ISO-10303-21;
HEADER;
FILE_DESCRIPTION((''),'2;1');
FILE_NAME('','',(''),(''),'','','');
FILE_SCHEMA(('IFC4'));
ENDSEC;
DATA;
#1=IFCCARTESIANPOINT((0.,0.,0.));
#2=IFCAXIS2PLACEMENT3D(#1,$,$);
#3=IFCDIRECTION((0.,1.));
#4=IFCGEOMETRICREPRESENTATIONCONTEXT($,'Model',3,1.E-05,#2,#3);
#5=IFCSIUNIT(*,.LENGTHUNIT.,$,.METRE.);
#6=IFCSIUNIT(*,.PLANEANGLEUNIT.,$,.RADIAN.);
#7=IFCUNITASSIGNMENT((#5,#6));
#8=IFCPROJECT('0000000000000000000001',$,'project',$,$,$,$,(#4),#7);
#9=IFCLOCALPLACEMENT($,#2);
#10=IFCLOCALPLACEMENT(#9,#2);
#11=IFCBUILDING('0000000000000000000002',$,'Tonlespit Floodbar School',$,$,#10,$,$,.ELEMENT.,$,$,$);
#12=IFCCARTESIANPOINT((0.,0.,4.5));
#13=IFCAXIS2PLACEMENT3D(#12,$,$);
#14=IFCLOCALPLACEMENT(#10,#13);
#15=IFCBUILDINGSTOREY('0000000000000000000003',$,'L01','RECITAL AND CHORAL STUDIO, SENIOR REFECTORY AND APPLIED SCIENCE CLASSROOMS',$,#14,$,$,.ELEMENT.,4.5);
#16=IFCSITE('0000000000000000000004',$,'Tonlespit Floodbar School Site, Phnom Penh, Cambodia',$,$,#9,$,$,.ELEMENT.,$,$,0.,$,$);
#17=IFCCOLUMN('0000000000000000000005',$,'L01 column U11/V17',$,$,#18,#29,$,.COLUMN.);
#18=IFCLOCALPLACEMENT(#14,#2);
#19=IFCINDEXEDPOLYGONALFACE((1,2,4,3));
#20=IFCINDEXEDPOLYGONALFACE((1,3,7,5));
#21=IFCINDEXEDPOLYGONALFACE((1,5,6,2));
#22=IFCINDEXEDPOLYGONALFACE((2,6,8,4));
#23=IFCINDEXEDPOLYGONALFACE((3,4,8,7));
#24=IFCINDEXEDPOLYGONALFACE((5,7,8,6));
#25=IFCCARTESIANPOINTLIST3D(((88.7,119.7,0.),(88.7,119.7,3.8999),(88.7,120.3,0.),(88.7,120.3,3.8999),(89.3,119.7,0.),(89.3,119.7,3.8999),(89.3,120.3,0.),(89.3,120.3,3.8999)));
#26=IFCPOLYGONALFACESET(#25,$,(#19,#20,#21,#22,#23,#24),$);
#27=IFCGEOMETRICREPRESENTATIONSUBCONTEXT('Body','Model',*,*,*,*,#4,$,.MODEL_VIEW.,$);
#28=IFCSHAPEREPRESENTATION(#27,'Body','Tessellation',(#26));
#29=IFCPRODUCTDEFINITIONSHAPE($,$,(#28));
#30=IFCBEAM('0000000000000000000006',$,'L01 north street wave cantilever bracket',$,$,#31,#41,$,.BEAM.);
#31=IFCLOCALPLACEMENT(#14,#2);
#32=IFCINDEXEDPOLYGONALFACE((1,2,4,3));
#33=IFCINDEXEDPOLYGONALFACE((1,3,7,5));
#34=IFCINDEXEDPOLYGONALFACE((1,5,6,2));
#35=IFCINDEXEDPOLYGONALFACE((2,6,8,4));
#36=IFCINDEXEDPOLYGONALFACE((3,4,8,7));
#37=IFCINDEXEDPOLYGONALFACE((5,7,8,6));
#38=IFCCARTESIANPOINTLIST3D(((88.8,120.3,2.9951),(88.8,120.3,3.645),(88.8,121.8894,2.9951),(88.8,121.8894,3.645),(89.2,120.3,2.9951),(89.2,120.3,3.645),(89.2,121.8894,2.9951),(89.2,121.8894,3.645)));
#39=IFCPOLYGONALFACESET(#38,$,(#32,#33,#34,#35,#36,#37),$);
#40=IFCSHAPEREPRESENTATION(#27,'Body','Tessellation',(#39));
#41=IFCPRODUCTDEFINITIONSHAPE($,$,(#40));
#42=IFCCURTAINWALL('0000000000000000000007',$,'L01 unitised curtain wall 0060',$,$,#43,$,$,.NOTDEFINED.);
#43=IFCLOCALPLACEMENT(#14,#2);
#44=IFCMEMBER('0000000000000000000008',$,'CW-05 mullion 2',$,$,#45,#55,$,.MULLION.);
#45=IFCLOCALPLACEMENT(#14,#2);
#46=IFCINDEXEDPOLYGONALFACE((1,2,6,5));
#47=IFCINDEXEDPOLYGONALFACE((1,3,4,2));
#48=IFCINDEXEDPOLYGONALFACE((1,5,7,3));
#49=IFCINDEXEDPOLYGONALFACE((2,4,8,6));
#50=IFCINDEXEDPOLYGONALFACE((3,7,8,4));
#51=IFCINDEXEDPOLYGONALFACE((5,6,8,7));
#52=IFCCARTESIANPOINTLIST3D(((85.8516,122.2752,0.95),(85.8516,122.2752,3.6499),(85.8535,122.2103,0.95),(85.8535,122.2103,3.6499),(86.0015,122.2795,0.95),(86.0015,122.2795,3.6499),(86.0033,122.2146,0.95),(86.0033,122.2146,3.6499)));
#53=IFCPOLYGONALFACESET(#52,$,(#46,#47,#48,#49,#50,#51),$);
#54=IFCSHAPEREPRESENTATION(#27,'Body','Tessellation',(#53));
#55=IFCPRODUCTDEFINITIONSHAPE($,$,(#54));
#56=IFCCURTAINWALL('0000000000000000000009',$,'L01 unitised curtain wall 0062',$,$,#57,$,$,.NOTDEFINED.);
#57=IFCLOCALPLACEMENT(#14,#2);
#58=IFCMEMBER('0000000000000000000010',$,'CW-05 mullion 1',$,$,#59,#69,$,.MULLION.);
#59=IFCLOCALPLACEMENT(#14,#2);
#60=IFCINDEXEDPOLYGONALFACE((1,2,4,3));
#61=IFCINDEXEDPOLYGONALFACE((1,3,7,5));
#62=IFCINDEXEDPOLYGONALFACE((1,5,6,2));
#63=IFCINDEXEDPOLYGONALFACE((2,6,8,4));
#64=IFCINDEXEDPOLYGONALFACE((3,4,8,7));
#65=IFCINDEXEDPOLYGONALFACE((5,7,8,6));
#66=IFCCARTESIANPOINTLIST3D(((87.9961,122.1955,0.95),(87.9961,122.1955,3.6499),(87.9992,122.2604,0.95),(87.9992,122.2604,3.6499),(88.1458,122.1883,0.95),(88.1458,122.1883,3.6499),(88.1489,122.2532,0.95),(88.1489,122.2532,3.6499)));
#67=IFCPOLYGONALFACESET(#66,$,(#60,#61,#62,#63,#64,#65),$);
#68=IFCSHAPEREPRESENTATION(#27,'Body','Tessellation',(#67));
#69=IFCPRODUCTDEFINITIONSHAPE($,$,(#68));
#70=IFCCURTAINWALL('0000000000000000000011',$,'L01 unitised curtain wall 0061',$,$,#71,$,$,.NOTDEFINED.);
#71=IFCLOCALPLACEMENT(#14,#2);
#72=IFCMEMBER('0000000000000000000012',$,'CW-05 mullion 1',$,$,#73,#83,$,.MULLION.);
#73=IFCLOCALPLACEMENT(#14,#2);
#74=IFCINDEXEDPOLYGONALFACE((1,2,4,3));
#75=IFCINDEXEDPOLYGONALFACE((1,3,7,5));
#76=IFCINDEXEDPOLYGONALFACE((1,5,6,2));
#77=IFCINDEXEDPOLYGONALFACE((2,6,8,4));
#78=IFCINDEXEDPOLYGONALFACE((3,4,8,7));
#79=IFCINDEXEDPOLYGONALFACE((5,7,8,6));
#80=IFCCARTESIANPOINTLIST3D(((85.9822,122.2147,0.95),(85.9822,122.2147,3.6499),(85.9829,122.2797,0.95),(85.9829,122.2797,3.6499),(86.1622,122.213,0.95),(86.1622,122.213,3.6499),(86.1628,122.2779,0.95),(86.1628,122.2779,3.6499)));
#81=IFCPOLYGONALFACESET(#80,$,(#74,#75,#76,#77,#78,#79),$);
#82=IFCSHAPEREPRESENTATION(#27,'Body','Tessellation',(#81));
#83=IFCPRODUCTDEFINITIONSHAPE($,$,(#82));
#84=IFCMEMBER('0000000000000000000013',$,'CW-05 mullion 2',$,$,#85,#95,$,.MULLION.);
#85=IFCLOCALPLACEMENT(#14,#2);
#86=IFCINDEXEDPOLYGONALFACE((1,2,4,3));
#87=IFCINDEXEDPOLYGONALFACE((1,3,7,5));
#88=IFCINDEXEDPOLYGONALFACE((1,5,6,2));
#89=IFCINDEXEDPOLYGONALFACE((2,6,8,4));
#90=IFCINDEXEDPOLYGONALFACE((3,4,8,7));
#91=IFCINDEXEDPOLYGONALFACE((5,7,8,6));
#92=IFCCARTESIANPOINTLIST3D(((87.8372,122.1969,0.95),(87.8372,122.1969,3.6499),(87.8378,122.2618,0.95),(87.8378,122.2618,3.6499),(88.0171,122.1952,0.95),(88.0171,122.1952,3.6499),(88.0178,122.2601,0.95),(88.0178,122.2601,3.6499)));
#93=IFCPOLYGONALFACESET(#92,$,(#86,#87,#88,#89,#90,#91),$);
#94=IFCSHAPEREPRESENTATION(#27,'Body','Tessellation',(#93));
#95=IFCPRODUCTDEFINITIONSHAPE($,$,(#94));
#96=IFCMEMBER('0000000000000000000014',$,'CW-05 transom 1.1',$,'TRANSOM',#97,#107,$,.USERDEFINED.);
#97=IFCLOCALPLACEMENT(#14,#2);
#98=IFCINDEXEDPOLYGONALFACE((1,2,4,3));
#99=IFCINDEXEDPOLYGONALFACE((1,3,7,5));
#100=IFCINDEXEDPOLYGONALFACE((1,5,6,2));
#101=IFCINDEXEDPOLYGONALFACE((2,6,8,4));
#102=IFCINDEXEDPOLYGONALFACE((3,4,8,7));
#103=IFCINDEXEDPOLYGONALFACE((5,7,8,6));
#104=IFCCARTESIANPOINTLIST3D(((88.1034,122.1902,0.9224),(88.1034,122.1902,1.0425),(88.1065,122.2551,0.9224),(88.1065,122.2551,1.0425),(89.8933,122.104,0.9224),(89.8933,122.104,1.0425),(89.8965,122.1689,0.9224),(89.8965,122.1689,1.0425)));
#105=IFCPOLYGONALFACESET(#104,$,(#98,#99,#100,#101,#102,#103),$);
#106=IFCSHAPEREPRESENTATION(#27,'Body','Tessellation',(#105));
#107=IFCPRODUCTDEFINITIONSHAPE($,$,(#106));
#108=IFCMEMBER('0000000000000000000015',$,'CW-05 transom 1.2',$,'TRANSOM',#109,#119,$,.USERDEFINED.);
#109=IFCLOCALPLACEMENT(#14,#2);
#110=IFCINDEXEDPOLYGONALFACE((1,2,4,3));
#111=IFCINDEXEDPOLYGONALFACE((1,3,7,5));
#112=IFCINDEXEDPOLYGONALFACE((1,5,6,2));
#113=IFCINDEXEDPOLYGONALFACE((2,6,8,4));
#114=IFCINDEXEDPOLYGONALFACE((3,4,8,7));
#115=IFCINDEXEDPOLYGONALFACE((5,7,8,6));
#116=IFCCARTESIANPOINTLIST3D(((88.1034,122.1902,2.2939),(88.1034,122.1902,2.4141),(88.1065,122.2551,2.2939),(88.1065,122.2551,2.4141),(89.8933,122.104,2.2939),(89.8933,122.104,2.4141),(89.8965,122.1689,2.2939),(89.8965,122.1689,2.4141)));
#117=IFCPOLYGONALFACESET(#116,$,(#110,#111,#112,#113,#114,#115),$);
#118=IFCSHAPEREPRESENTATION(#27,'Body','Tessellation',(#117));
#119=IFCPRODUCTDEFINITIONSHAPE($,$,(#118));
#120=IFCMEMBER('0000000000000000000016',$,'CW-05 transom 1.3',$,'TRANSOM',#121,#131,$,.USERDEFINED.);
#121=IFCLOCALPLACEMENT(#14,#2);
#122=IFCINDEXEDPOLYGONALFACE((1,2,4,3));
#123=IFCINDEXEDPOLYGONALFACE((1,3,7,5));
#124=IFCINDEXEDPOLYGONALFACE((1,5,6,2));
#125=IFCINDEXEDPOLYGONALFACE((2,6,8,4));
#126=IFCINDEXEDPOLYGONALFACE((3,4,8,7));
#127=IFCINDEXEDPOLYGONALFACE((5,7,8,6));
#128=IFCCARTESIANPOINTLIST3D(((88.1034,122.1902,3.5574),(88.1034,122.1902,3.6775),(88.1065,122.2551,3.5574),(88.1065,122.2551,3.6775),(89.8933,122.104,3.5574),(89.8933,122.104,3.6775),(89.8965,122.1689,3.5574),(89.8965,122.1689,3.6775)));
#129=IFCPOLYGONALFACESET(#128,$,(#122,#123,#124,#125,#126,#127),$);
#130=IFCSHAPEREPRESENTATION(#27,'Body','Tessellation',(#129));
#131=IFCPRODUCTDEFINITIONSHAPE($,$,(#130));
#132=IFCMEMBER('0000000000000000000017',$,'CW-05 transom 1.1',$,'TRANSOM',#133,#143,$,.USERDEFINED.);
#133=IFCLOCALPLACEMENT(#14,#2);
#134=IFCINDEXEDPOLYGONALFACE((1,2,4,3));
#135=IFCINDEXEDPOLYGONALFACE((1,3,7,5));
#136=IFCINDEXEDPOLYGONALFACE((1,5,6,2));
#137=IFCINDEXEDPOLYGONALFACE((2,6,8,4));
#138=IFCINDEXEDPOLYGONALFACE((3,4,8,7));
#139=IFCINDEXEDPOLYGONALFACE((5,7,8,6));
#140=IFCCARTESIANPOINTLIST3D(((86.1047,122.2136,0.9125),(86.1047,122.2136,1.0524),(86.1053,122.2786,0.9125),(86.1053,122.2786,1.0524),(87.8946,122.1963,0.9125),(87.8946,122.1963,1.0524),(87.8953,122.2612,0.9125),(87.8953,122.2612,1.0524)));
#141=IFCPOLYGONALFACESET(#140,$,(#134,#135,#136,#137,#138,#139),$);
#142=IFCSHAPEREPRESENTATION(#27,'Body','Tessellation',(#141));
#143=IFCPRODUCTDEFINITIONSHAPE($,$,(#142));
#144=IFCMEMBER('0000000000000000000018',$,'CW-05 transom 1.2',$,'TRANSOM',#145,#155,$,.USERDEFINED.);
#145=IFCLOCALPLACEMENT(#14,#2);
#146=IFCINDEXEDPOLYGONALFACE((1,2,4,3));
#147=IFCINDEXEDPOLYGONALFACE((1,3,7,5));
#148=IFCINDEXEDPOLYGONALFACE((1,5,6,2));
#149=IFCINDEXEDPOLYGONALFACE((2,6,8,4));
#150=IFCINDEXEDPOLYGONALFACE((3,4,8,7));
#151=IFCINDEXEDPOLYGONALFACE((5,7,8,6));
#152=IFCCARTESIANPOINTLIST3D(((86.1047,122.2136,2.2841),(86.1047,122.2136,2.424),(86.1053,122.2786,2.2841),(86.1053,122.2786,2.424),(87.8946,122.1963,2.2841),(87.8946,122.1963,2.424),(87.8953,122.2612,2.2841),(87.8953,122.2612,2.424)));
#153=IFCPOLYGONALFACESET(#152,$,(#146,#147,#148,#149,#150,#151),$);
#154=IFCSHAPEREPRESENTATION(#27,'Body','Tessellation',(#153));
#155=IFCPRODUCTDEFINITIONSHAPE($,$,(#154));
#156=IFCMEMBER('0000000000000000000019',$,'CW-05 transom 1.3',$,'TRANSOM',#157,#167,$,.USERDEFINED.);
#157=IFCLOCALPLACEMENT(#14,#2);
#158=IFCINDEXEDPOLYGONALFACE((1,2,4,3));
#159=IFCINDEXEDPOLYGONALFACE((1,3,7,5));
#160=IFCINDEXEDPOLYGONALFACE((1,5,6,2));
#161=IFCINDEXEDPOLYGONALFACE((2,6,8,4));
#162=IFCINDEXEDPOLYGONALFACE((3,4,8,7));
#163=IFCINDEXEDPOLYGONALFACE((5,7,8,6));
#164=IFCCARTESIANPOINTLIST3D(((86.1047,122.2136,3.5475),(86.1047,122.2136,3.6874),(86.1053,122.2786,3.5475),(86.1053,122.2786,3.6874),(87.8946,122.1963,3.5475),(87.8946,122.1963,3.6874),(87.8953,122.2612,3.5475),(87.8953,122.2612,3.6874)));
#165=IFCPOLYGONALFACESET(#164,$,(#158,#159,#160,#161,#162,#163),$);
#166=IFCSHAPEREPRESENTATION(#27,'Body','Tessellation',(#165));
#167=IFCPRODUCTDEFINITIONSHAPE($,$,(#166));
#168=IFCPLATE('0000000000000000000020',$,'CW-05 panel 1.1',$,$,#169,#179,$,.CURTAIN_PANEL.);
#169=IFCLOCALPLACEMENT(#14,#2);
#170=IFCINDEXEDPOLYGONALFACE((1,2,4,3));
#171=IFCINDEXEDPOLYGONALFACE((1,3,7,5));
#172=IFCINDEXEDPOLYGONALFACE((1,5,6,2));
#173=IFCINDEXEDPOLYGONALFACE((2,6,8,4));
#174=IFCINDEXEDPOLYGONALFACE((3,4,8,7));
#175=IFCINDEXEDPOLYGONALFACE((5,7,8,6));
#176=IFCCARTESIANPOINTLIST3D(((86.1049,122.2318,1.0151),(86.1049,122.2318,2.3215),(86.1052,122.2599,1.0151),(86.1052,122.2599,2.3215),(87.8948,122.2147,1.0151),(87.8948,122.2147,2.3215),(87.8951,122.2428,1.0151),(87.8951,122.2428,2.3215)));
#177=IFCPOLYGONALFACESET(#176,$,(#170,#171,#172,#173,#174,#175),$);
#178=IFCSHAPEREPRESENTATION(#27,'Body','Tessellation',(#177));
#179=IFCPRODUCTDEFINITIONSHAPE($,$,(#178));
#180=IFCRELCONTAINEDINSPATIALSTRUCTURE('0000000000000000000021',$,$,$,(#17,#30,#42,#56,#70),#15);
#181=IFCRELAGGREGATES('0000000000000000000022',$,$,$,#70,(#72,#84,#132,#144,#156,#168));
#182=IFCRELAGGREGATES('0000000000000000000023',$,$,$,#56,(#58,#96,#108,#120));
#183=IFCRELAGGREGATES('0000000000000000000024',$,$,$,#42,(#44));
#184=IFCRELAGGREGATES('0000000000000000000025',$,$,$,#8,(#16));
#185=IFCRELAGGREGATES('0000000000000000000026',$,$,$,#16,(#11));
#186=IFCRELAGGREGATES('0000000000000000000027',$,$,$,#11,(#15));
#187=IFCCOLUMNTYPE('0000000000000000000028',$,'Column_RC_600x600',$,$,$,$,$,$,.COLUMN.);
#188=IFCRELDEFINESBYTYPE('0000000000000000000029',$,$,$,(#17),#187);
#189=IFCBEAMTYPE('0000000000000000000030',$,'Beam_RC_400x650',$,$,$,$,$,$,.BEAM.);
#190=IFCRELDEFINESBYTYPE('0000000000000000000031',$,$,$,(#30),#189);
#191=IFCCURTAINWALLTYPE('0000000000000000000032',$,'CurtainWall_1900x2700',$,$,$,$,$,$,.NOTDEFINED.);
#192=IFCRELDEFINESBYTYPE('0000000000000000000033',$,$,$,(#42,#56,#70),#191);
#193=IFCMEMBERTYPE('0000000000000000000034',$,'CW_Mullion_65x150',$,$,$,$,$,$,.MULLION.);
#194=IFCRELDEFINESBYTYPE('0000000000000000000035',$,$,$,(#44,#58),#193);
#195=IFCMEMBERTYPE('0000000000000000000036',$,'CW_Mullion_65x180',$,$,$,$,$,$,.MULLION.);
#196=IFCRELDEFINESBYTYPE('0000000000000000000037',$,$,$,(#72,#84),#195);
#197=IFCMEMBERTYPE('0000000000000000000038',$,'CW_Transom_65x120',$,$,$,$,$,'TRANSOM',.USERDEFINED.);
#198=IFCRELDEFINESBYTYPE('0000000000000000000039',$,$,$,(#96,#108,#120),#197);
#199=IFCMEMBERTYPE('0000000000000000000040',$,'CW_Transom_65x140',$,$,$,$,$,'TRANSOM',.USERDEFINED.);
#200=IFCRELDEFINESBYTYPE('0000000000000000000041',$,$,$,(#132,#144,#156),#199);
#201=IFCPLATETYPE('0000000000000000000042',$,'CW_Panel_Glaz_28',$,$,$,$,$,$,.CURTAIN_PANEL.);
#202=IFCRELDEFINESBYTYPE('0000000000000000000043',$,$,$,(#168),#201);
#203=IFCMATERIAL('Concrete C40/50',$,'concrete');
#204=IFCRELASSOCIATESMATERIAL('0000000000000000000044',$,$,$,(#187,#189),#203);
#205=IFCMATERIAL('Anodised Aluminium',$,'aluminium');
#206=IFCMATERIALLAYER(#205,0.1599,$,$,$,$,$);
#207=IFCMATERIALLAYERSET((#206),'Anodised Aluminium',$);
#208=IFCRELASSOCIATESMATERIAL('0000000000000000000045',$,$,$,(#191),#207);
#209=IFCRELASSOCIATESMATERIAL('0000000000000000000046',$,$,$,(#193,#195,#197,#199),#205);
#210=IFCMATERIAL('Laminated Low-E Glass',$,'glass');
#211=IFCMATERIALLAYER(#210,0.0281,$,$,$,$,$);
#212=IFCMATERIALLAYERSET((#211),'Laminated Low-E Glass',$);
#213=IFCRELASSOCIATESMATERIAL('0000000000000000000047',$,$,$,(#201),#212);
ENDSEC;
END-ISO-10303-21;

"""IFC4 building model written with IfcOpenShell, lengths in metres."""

from ifc_helpers import new_model, si_unit, direction, frame, origin, origin_2d, place, context, subcontext, project, spatial, rectangle, extrude, material, layer, layer_set, material_profile, profile_set, type_object, element, aggregate, save


model = new_model("IFC4")

# Units and contexts
model_context = context("Model", 3, precision=1e-05, world=origin(), true_north=direction((0.0, 1.0)))
body_context = subcontext(model_context, "Body", "Model", "MODEL_VIEW")
ifc_project = project(units=[si_unit("LENGTHUNIT", "METRE"), si_unit("PLANEANGLEUNIT", "RADIAN")], contexts=[model_context])

# Site, building, storey
site_placement = place(None, origin())
site = spatial("IfcSite", under=ifc_project, at=site_placement, Name="Tonlespit Floodbar School Site, Phnom Penh, Cambodia", CompositionType="ELEMENT", RefElevation=0.0)
building_placement = place(site_placement, origin())
building = spatial("IfcBuilding", under=site, at=building_placement, Name="Tonlespit Floodbar School", CompositionType="ELEMENT")
storey_placement = place(building_placement, frame((0.0, 0.0, 4.5)))
storey = spatial("IfcBuildingStorey", under=building, at=storey_placement, Name="L01", Description="RECITAL AND CHORAL STUDIO, SENIOR REFECTORY AND APPLIED SCIENCE CLASSROOMS", CompositionType="ELEMENT", Elevation=4.5)

# Column
ifc_material_1 = material(Name="Concrete C40/50", Category="concrete")
ifc_material_profile_1 = material_profile(ifc_material_1, rectangle(XDim=0.6001, YDim=0.6001, at=origin_2d()), Name="RC 600x600")
ifc_profile_set_1 = profile_set([ifc_material_profile_1], Name="Concrete C40/50")
column_type = type_object("IfcColumnType", Name="Column_RC_600x600", PredefinedType="COLUMN", material=ifc_profile_set_1)
column_placement = place(storey_placement, frame((89.0, 120.0, 0.0), z_axis=(0.0, 0.0, 1.0), x_axis=(1.0, 0.0, 0.0)))
element("IfcColumn", 1, at=column_placement, inside=storey, type_object=column_type, Name="L01 column U11/V17", PredefinedType="COLUMN", context=body_context, shape_type="SweptSolid", body=[
    extrude(rectangle(XDim=0.6001, YDim=0.6001, at=origin_2d()), origin(), (0.0, 0.0, 1.0), 3.8999),
])

# Beam
ifc_material_profile_2 = material_profile(ifc_material_1, rectangle(XDim=0.3999, YDim=0.6499, at=origin_2d()), Name="RC 400x650")
ifc_profile_set_2 = profile_set([ifc_material_profile_2], Name="Concrete C40/50")
beam_type = type_object("IfcBeamType", Name="Beam_RC_400x650", PredefinedType="BEAM", material=ifc_profile_set_2)
beam_placement = place(storey_placement, frame((89.0, 120.3, 3.3201), z_axis=(0.0, 1.0, 0.0), x_axis=(-1.0, 0.0, 0.0)))
element("IfcBeam", 2, at=beam_placement, inside=storey, type_object=beam_type, Name="L01 north street wave cantilever bracket", PredefinedType="BEAM", context=body_context, shape_type="SweptSolid", body=[
    extrude(rectangle(XDim=0.3999, YDim=0.6499, at=origin_2d()), origin(), (0.0, 0.0, 1.0), 1.5894),
])

# Curtain walls, members
ifc_material_2 = material(Name="Anodised Aluminium", Category="aluminium")
ifc_layer_1 = layer(ifc_material_2, 0.1599)
ifc_layer_set_1 = layer_set([ifc_layer_1], Name="Anodised Aluminium")
curtain_wall_type = type_object("IfcCurtainWallType", Name="CurtainWall_1900x2700", PredefinedType="NOTDEFINED", material=ifc_layer_set_1)
curtain_wall_1_placement = place(storey_placement, origin())
curtain_wall_1 = element("IfcCurtainWall", 3, at=curtain_wall_1_placement, inside=storey, type_object=curtain_wall_type, Name="L01 unitised curtain wall 0060", PredefinedType="NOTDEFINED")
ifc_material_profile_3 = material_profile(ifc_material_2, rectangle(XDim=0.0649, YDim=0.1499, at=origin_2d()), Name="ALU M65x150")
ifc_profile_set_3 = profile_set([ifc_material_profile_3], Name="Anodised Aluminium")
member_type_1 = type_object("IfcMemberType", Name="CW_Mullion_65x150", PredefinedType="MULLION", material=ifc_profile_set_3)
member_1_placement = place(storey_placement, frame((85.9275, 122.2449, 0.95), z_axis=(0.0, 0.0, 1.0), x_axis=(-0.02879, 0.999585, 0.0)))
member_1 = element("IfcMember", 4, at=member_1_placement, type_object=member_type_1, Name="CW-05 mullion 2", PredefinedType="MULLION", context=body_context, shape_type="SweptSolid", body=[
    extrude(rectangle(XDim=0.0649, YDim=0.1499, at=origin_2d()), origin(), (0.0, 0.0, 1.0), 2.7),
])
curtain_wall_2_placement = place(storey_placement, origin())
curtain_wall_2 = element("IfcCurtainWall", 5, at=curtain_wall_2_placement, inside=storey, type_object=curtain_wall_type, Name="L01 unitised curtain wall 0062", PredefinedType="NOTDEFINED")
member_2_placement = place(storey_placement, frame((88.0725, 122.2244, 0.95), z_axis=(0.0, 0.0, 1.0), x_axis=(0.048121, 0.998842, 0.0)))
member_2 = element("IfcMember", 6, at=member_2_placement, type_object=member_type_1, Name="CW-05 mullion 1", PredefinedType="MULLION", context=body_context, shape_type="SweptSolid", body=[
    extrude(rectangle(XDim=0.0649, YDim=0.1499, at=origin_2d()), origin(), (0.0, 0.0, 1.0), 2.7),
])

# Curtain wall, members
curtain_wall_3_placement = place(storey_placement, origin())
curtain_wall_3 = element("IfcCurtainWall", 7, at=curtain_wall_3_placement, inside=storey, type_object=curtain_wall_type, Name="L01 unitised curtain wall 0061", PredefinedType="NOTDEFINED")
ifc_material_profile_4 = material_profile(ifc_material_2, rectangle(XDim=0.0649, YDim=0.1799, at=origin_2d()), Name="ALU M65x180")
ifc_profile_set_4 = profile_set([ifc_material_profile_4], Name="Anodised Aluminium")
member_type_2 = type_object("IfcMemberType", Name="CW_Mullion_65x180", PredefinedType="MULLION", material=ifc_profile_set_4)
member_3_placement = place(storey_placement, frame((86.0725, 122.2463, 0.95), z_axis=(0.0, 0.0, 1.0), x_axis=(0.009583, 0.999954, 0.0)))
member_3 = element("IfcMember", 8, at=member_3_placement, type_object=member_type_2, Name="CW-05 mullion 1", PredefinedType="MULLION", context=body_context, shape_type="SweptSolid", body=[
    extrude(rectangle(XDim=0.0649, YDim=0.1799, at=origin_2d()), origin(), (0.0, 0.0, 1.0), 2.7),
])
member_4_placement = place(storey_placement, frame((87.9275, 122.2285, 0.95), z_axis=(0.0, 0.0, 1.0), x_axis=(0.009583, 0.999954, 0.0)))
member_4 = element("IfcMember", 9, at=member_4_placement, type_object=member_type_2, Name="CW-05 mullion 2", PredefinedType="MULLION", context=body_context, shape_type="SweptSolid", body=[
    extrude(rectangle(XDim=0.0649, YDim=0.1799, at=origin_2d()), origin(), (0.0, 0.0, 1.0), 2.7),
])

# Members
ifc_material_profile_5 = material_profile(ifc_material_2, rectangle(XDim=0.0649, YDim=0.1201, at=origin_2d()), Name="ALU T65x120")
ifc_profile_set_5 = profile_set([ifc_material_profile_5], Name="Anodised Aluminium")
member_type_3 = type_object("IfcMemberType", Name="CW_Transom_65x120", ElementType="TRANSOM", PredefinedType="USERDEFINED", material=ifc_profile_set_5)
member_5_placement = place(storey_placement, frame((88.105, 122.2227, 0.9824), z_axis=(0.998843, -0.048089, 0.0), x_axis=(0.048089, 0.998843, 0.0)))
member_5 = element("IfcMember", 10, at=member_5_placement, type_object=member_type_3, Name="CW-05 transom 1.1", ObjectType="TRANSOM", PredefinedType="USERDEFINED", context=body_context, shape_type="SweptSolid", body=[
    extrude(rectangle(XDim=0.0649, YDim=0.1201, at=origin_2d()), origin(), (0.0, 0.0, 1.0), 1.792),
])
member_6_placement = place(storey_placement, frame((88.105, 122.2227, 2.354), z_axis=(0.998843, -0.048089, 0.0), x_axis=(0.048089, 0.998843, 0.0)))
member_6 = element("IfcMember", 11, at=member_6_placement, type_object=member_type_3, Name="CW-05 transom 1.2", ObjectType="TRANSOM", PredefinedType="USERDEFINED", context=body_context, shape_type="SweptSolid", body=[
    extrude(rectangle(XDim=0.0649, YDim=0.1201, at=origin_2d()), origin(), (0.0, 0.0, 1.0), 1.792),
])
member_7_placement = place(storey_placement, frame((88.105, 122.2227, 3.6174), z_axis=(0.998843, -0.048089, 0.0), x_axis=(0.048089, 0.998843, 0.0)))
member_7 = element("IfcMember", 12, at=member_7_placement, type_object=member_type_3, Name="CW-05 transom 1.3", ObjectType="TRANSOM", PredefinedType="USERDEFINED", context=body_context, shape_type="SweptSolid", body=[
    extrude(rectangle(XDim=0.0649, YDim=0.1201, at=origin_2d()), origin(), (0.0, 0.0, 1.0), 1.792),
])
ifc_material_profile_6 = material_profile(ifc_material_2, rectangle(XDim=0.0649, YDim=0.1399, at=origin_2d()), Name="ALU T65x140")
ifc_profile_set_6 = profile_set([ifc_material_profile_6], Name="Anodised Aluminium")
member_type_4 = type_object("IfcMemberType", Name="CW_Transom_65x140", ElementType="TRANSOM", PredefinedType="USERDEFINED", material=ifc_profile_set_6)
member_8_placement = place(storey_placement, frame((86.105, 122.2461, 0.9824), z_axis=(0.999953, -0.009683, 0.0), x_axis=(0.009683, 0.999953, 0.0)))
member_8 = element("IfcMember", 13, at=member_8_placement, type_object=member_type_4, Name="CW-05 transom 1.1", ObjectType="TRANSOM", PredefinedType="USERDEFINED", context=body_context, shape_type="SweptSolid", body=[
    extrude(rectangle(XDim=0.0649, YDim=0.1399, at=origin_2d()), origin(), (0.0, 0.0, 1.0), 1.79),
])
member_9_placement = place(storey_placement, frame((86.105, 122.2461, 2.354), z_axis=(0.999953, -0.009683, 0.0), x_axis=(0.009683, 0.999953, 0.0)))
member_9 = element("IfcMember", 14, at=member_9_placement, type_object=member_type_4, Name="CW-05 transom 1.2", ObjectType="TRANSOM", PredefinedType="USERDEFINED", context=body_context, shape_type="SweptSolid", body=[
    extrude(rectangle(XDim=0.0649, YDim=0.1399, at=origin_2d()), origin(), (0.0, 0.0, 1.0), 1.79),
])
member_10_placement = place(storey_placement, frame((86.105, 122.2461, 3.6174), z_axis=(0.999953, -0.009683, 0.0), x_axis=(0.009683, 0.999953, 0.0)))
member_10 = element("IfcMember", 15, at=member_10_placement, type_object=member_type_4, Name="CW-05 transom 1.3", ObjectType="TRANSOM", PredefinedType="USERDEFINED", context=body_context, shape_type="SweptSolid", body=[
    extrude(rectangle(XDim=0.0649, YDim=0.1399, at=origin_2d()), origin(), (0.0, 0.0, 1.0), 1.79),
])

# Plate
ifc_material_3 = material(Name="Laminated Low-E Glass", Category="glass")
ifc_layer_2 = layer(ifc_material_3, 0.0281)
ifc_layer_set_2 = layer_set([ifc_layer_2], Name="Laminated Low-E Glass")
plate_type_1 = type_object("IfcPlateType", Name="CW_Panel_Glaz_28", PredefinedType="CURTAIN_PANEL", material=ifc_layer_set_2)
plate_1_placement = place(storey_placement, frame((87.0, 122.2373, 1.0151), z_axis=(0.0, 0.0, 1.0), x_axis=(0.999954, -0.009583, 0.0)))
plate_1 = element("IfcPlate", 16, at=plate_1_placement, type_object=plate_type_1, Name="CW-05 panel 1.1", PredefinedType="CURTAIN_PANEL", context=body_context, shape_type="SweptSolid", body=[
    extrude(rectangle(XDim=1.79, YDim=0.0281, at=origin_2d()), origin(), (0.0, 0.0, 1.0), 1.3064),
])
aggregate(curtain_wall_3, [member_3, member_4, member_8, member_9, member_10, plate_1])
aggregate(curtain_wall_2, [member_2, member_5, member_6, member_7])
aggregate(curtain_wall_1, [member_1])

save(model, "model.ifc")
